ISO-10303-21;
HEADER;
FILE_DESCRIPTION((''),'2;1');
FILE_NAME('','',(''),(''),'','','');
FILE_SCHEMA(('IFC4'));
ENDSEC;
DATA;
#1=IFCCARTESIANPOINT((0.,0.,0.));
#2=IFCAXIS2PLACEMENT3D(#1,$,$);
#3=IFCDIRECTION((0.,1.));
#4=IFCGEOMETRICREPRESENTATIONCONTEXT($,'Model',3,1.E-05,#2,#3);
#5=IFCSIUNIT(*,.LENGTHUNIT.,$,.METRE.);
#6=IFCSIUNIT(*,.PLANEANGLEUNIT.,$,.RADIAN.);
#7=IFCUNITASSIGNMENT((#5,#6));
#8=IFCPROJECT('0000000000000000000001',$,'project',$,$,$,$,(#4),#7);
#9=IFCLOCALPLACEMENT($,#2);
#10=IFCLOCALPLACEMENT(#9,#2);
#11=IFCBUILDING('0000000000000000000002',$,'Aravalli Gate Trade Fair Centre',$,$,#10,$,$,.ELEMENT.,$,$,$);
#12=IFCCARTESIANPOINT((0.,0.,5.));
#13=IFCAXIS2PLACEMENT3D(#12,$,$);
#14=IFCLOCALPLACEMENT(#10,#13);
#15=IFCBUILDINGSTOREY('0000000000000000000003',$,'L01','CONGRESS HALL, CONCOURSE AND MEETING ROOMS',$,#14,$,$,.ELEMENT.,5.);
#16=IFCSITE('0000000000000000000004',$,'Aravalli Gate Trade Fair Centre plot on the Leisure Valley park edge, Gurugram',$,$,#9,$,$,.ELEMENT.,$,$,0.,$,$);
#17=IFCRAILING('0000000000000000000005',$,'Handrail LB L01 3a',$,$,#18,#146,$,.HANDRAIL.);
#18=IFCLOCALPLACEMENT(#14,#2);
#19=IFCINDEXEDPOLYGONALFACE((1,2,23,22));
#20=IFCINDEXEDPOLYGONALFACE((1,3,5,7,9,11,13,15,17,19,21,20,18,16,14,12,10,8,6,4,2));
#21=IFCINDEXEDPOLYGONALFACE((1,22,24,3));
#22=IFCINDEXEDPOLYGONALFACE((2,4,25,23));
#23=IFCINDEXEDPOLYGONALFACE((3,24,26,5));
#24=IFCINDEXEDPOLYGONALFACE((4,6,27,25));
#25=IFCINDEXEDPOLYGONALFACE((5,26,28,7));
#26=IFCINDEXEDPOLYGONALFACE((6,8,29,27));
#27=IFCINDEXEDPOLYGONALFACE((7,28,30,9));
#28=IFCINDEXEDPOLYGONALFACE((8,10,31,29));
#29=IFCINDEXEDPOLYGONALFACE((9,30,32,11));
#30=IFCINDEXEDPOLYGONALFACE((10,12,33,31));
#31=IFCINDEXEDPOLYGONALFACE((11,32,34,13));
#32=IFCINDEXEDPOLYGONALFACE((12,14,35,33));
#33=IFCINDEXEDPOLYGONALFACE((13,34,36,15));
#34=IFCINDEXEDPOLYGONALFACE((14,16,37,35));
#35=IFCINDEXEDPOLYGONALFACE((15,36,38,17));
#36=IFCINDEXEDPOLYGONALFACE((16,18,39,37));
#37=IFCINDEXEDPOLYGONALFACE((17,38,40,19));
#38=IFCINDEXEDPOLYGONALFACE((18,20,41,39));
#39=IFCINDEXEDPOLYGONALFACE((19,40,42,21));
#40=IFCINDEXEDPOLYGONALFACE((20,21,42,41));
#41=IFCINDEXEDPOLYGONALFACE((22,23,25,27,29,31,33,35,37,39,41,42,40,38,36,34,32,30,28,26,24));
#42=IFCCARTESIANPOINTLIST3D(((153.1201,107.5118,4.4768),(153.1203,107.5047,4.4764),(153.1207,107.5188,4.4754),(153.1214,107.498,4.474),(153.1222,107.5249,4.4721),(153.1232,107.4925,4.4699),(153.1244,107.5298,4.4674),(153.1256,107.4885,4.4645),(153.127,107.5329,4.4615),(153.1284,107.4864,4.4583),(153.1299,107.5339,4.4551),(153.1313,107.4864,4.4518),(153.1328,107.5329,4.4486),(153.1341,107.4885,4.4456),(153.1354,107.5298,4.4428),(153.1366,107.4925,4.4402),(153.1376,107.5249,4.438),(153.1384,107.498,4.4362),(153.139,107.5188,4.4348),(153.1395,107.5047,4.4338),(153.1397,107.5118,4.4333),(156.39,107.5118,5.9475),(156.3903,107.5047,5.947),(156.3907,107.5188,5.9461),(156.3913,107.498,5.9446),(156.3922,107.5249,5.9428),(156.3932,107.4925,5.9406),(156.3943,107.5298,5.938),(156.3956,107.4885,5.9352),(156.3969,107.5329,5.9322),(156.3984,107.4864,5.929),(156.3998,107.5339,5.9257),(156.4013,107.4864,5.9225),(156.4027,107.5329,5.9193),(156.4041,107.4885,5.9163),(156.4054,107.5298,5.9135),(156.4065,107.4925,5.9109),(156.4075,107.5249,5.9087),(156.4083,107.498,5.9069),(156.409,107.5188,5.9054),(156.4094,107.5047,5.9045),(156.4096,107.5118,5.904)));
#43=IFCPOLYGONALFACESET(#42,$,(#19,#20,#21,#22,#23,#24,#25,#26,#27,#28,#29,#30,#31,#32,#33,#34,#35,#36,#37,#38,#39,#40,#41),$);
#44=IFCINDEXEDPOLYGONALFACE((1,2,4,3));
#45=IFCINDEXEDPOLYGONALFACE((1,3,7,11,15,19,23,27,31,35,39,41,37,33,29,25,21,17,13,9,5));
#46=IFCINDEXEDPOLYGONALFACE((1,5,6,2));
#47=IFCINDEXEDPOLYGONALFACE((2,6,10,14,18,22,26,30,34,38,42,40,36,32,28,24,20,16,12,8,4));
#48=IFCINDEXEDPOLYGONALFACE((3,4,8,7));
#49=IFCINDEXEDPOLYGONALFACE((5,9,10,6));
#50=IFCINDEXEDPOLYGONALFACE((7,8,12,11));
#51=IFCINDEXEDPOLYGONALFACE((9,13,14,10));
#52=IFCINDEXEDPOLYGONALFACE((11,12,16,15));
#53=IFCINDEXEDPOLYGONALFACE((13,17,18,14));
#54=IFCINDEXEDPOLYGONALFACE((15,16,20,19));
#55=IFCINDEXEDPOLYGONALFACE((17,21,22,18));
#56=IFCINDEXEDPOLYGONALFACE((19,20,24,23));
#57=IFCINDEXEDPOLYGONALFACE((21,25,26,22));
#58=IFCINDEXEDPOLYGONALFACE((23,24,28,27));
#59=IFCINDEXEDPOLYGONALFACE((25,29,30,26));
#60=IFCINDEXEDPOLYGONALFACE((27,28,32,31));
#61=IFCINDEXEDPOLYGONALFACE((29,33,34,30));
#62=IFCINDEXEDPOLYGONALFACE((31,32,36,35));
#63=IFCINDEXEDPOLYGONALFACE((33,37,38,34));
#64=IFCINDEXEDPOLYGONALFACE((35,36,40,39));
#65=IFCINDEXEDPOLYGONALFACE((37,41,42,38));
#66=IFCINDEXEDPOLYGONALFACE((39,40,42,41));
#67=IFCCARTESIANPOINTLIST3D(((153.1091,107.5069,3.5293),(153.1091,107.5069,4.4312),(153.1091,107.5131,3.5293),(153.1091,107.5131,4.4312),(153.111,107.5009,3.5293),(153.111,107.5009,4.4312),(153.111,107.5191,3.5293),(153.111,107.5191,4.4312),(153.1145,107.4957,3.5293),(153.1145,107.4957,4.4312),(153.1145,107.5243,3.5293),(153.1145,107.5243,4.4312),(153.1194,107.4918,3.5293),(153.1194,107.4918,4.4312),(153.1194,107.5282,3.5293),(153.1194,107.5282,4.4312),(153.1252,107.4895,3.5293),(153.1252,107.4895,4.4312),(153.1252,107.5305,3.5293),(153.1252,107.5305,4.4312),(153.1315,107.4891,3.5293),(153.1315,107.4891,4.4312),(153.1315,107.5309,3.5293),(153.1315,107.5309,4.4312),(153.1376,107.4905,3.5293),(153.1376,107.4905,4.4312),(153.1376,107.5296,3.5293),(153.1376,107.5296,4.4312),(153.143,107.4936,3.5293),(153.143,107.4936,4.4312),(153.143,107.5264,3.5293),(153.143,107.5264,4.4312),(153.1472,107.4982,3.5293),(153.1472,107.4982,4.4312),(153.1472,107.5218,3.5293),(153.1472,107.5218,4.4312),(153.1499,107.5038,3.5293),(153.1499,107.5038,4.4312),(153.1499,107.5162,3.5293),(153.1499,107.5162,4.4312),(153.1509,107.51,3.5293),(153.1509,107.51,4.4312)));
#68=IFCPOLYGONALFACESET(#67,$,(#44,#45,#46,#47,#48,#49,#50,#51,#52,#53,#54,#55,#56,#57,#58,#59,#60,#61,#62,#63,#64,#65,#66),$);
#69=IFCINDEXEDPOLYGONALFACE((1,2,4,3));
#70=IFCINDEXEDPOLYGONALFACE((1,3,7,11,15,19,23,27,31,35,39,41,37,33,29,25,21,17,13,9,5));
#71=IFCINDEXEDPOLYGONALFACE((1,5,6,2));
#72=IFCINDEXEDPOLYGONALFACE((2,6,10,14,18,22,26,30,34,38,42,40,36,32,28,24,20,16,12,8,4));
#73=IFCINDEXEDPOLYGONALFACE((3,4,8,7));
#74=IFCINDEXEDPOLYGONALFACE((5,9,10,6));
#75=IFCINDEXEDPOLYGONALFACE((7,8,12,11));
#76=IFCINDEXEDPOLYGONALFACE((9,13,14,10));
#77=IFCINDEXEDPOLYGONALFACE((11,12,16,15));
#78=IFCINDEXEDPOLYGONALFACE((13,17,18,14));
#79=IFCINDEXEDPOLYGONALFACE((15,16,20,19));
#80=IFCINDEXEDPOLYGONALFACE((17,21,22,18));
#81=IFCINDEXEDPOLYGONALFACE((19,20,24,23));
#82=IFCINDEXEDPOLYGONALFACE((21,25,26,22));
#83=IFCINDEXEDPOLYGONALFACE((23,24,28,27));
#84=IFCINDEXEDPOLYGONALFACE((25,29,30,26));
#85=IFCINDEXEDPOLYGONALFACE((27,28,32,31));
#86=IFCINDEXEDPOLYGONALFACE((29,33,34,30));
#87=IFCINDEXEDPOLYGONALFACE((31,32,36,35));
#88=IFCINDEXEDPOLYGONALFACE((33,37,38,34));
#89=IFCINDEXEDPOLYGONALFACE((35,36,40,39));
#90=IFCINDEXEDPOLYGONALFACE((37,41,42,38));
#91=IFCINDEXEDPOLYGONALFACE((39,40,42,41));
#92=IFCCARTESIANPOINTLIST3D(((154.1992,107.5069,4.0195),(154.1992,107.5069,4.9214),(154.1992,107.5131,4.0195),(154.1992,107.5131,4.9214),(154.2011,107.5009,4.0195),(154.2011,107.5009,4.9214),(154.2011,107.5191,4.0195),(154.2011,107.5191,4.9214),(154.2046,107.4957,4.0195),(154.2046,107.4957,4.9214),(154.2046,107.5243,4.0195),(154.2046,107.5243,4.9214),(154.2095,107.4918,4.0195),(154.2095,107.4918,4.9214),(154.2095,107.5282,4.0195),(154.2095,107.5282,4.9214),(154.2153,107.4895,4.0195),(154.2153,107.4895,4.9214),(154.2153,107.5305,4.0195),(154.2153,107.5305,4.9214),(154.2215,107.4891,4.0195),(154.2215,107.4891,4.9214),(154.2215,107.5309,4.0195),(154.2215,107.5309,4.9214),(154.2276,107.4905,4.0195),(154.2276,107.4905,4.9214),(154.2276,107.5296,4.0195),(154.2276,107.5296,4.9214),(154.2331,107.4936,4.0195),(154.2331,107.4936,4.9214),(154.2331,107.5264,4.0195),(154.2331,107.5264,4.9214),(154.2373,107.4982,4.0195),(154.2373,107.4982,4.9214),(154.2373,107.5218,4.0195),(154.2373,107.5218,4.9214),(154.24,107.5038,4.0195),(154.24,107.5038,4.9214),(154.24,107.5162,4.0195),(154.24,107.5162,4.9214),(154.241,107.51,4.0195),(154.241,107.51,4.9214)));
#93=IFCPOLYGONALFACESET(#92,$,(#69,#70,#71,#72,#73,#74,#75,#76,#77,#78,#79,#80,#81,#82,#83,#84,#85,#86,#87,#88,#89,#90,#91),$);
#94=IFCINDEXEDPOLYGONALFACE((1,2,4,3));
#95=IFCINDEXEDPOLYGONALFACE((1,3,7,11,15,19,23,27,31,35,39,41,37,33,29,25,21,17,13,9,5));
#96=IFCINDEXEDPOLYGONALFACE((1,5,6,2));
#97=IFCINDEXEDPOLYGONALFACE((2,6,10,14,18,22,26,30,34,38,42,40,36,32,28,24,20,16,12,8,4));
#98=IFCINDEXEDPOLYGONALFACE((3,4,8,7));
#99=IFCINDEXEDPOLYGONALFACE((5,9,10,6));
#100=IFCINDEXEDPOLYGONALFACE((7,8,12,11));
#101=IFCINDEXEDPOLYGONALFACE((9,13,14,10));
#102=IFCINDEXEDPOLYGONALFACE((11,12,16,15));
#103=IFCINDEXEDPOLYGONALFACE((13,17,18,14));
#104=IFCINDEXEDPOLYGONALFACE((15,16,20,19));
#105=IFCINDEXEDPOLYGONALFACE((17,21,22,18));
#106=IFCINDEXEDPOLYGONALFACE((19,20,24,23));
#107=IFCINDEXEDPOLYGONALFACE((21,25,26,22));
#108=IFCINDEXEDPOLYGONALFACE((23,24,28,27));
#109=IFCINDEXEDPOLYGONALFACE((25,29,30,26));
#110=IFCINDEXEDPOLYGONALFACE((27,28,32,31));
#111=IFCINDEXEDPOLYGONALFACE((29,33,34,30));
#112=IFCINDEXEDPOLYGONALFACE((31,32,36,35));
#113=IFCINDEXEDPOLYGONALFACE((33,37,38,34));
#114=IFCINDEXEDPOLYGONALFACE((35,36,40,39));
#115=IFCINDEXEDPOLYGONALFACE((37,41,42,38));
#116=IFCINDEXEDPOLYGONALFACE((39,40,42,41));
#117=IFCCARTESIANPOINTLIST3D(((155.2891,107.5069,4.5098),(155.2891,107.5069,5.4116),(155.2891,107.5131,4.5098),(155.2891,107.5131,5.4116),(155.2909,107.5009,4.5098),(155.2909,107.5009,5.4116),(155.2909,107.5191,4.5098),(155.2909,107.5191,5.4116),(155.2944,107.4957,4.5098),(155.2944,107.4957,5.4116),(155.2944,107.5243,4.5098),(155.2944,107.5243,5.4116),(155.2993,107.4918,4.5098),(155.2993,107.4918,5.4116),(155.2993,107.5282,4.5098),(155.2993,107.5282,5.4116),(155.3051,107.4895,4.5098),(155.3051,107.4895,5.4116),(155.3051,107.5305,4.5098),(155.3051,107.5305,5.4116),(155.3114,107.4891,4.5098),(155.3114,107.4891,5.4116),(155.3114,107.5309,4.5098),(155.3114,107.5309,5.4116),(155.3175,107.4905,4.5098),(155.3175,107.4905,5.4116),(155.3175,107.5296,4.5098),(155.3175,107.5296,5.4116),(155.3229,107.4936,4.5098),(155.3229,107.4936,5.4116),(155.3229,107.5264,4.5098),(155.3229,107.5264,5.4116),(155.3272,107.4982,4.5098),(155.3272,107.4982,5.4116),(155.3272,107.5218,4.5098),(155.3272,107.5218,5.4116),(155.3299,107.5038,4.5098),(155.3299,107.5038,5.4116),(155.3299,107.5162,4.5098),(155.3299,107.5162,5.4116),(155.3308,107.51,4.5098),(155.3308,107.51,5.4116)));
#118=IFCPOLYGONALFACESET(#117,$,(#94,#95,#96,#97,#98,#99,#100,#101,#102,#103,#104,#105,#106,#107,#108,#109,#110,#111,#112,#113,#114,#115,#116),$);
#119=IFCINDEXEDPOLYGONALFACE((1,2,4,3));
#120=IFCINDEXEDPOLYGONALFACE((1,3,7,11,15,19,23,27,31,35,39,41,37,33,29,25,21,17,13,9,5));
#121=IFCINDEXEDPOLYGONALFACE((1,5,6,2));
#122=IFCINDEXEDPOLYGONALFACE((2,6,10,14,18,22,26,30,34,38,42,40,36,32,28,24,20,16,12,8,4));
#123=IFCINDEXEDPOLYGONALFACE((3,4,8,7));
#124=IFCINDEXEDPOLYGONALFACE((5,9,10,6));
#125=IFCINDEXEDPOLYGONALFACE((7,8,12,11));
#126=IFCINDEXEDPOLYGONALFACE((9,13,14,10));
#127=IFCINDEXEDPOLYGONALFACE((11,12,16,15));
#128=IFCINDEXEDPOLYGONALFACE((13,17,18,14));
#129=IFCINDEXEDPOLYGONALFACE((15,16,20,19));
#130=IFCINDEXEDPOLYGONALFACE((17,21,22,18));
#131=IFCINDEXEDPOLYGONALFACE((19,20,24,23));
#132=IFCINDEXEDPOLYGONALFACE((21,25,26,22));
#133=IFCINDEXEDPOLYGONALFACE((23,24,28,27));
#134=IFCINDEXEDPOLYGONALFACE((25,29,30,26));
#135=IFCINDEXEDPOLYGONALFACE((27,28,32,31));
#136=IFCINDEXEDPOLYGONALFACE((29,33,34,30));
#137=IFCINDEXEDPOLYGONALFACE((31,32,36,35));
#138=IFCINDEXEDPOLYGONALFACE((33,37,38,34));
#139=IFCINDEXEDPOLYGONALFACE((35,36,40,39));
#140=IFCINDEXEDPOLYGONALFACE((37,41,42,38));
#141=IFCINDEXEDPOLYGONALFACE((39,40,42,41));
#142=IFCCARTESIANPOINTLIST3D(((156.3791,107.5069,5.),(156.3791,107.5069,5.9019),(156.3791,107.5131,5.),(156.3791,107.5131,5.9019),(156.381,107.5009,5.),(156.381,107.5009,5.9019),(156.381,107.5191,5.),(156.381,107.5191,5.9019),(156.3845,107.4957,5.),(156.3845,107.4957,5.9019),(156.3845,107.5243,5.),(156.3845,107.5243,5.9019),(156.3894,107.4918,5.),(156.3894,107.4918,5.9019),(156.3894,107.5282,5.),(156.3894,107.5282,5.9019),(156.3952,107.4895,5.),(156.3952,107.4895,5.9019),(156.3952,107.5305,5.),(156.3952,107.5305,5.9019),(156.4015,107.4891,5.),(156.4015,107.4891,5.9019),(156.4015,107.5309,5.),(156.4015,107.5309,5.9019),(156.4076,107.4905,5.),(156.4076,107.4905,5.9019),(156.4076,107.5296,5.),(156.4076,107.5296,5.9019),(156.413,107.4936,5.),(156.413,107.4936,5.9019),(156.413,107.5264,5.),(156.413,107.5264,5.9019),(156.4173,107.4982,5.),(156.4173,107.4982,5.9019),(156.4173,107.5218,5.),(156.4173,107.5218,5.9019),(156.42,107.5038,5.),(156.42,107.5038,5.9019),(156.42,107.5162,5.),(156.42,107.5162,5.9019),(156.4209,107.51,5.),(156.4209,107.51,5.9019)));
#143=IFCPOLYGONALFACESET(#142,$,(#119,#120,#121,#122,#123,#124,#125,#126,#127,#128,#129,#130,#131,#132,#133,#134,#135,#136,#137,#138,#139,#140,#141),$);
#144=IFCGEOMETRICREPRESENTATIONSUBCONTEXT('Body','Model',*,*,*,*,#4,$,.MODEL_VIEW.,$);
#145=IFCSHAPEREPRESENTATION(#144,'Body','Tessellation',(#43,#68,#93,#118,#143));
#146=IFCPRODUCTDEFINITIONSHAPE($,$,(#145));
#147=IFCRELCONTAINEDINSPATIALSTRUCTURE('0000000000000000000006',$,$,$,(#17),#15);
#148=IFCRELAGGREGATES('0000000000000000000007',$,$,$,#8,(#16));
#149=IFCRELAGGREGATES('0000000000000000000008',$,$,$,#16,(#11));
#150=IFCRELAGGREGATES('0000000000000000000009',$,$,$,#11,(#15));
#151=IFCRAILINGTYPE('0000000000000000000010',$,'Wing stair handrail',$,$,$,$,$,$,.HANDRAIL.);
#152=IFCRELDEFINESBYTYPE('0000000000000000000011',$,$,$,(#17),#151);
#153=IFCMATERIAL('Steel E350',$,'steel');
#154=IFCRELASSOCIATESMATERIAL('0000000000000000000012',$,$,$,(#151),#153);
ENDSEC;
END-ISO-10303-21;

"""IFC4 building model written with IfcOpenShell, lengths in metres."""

from ifc_helpers import new_model, si_unit, direction, frame, origin, origin_2d, place, context, subcontext, project, spatial, circle, extrude, material, type_object, element, save


model = new_model("IFC4")

# Units and contexts
model_context = context("Model", 3, precision=1e-05, world=origin(), true_north=direction((0.0, 1.0)))
body_context = subcontext(model_context, "Body", "Model", "MODEL_VIEW")
ifc_project = project(units=[si_unit("LENGTHUNIT", "METRE"), si_unit("PLANEANGLEUNIT", "RADIAN")], contexts=[model_context])

# Site, building, storey
site_placement = place(None, origin())
site = spatial("IfcSite", under=ifc_project, at=site_placement, Name="Aravalli Gate Trade Fair Centre plot on the Leisure Valley park edge, Gurugram", CompositionType="ELEMENT", RefElevation=0.0)
building_placement = place(site_placement, origin())
building = spatial("IfcBuilding", under=site, at=building_placement, Name="Aravalli Gate Trade Fair Centre", CompositionType="ELEMENT")
storey_placement = place(building_placement, frame((0.0, 0.0, 5.0)))
storey = spatial("IfcBuildingStorey", under=building, at=storey_placement, Name="L01", Description="CONGRESS HALL, CONCOURSE AND MEETING ROOMS", CompositionType="ELEMENT", Elevation=5.0)

# Shared definitions
ifc_material_1 = material(Name="Steel E350", Category="steel")

# Railing
railing_type_1 = type_object("IfcRailingType", Name="Wing stair handrail", PredefinedType="HANDRAIL", material=ifc_material_1)
for number, where, name in (
    (1, (153.1299, 107.51, 3.5293), "Handrail LB L01 3a"),
):
    element("IfcRailing", number, at=place(storey_placement, frame(where)), inside=storey, type_object=railing_type_1, Name=name, PredefinedType="HANDRAIL", context=body_context, shape_type="SweptSolid", body=[
        extrude(circle(Radius=0.0239, at=origin_2d()), frame((0.0, 0.0, 0.9258), z_axis=(0.912006, 0.0, 0.410178), x_axis=(0.0, 1.0, 0.0)), (0.0, 0.0, 1.0), 3.5854),
        extrude(circle(Radius=0.021, at=origin_2d()), origin(), (0.0, 0.0, 1.0), 0.9019),
        extrude(circle(Radius=0.021, at=origin_2d()), frame((1.0901, 0.0, 0.4902)), (0.0, 0.0, 1.0), 0.9019),
        extrude(circle(Radius=0.021, at=origin_2d()), frame((2.1799, 0.0, 0.9805)), (0.0, 0.0, 1.0), 0.9019),
        extrude(circle(Radius=0.021, at=origin_2d()), frame((3.27, 0.0, 1.4707)), (0.0, 0.0, 1.0), 0.9019),
    ])

save(model, "model.ifc")
